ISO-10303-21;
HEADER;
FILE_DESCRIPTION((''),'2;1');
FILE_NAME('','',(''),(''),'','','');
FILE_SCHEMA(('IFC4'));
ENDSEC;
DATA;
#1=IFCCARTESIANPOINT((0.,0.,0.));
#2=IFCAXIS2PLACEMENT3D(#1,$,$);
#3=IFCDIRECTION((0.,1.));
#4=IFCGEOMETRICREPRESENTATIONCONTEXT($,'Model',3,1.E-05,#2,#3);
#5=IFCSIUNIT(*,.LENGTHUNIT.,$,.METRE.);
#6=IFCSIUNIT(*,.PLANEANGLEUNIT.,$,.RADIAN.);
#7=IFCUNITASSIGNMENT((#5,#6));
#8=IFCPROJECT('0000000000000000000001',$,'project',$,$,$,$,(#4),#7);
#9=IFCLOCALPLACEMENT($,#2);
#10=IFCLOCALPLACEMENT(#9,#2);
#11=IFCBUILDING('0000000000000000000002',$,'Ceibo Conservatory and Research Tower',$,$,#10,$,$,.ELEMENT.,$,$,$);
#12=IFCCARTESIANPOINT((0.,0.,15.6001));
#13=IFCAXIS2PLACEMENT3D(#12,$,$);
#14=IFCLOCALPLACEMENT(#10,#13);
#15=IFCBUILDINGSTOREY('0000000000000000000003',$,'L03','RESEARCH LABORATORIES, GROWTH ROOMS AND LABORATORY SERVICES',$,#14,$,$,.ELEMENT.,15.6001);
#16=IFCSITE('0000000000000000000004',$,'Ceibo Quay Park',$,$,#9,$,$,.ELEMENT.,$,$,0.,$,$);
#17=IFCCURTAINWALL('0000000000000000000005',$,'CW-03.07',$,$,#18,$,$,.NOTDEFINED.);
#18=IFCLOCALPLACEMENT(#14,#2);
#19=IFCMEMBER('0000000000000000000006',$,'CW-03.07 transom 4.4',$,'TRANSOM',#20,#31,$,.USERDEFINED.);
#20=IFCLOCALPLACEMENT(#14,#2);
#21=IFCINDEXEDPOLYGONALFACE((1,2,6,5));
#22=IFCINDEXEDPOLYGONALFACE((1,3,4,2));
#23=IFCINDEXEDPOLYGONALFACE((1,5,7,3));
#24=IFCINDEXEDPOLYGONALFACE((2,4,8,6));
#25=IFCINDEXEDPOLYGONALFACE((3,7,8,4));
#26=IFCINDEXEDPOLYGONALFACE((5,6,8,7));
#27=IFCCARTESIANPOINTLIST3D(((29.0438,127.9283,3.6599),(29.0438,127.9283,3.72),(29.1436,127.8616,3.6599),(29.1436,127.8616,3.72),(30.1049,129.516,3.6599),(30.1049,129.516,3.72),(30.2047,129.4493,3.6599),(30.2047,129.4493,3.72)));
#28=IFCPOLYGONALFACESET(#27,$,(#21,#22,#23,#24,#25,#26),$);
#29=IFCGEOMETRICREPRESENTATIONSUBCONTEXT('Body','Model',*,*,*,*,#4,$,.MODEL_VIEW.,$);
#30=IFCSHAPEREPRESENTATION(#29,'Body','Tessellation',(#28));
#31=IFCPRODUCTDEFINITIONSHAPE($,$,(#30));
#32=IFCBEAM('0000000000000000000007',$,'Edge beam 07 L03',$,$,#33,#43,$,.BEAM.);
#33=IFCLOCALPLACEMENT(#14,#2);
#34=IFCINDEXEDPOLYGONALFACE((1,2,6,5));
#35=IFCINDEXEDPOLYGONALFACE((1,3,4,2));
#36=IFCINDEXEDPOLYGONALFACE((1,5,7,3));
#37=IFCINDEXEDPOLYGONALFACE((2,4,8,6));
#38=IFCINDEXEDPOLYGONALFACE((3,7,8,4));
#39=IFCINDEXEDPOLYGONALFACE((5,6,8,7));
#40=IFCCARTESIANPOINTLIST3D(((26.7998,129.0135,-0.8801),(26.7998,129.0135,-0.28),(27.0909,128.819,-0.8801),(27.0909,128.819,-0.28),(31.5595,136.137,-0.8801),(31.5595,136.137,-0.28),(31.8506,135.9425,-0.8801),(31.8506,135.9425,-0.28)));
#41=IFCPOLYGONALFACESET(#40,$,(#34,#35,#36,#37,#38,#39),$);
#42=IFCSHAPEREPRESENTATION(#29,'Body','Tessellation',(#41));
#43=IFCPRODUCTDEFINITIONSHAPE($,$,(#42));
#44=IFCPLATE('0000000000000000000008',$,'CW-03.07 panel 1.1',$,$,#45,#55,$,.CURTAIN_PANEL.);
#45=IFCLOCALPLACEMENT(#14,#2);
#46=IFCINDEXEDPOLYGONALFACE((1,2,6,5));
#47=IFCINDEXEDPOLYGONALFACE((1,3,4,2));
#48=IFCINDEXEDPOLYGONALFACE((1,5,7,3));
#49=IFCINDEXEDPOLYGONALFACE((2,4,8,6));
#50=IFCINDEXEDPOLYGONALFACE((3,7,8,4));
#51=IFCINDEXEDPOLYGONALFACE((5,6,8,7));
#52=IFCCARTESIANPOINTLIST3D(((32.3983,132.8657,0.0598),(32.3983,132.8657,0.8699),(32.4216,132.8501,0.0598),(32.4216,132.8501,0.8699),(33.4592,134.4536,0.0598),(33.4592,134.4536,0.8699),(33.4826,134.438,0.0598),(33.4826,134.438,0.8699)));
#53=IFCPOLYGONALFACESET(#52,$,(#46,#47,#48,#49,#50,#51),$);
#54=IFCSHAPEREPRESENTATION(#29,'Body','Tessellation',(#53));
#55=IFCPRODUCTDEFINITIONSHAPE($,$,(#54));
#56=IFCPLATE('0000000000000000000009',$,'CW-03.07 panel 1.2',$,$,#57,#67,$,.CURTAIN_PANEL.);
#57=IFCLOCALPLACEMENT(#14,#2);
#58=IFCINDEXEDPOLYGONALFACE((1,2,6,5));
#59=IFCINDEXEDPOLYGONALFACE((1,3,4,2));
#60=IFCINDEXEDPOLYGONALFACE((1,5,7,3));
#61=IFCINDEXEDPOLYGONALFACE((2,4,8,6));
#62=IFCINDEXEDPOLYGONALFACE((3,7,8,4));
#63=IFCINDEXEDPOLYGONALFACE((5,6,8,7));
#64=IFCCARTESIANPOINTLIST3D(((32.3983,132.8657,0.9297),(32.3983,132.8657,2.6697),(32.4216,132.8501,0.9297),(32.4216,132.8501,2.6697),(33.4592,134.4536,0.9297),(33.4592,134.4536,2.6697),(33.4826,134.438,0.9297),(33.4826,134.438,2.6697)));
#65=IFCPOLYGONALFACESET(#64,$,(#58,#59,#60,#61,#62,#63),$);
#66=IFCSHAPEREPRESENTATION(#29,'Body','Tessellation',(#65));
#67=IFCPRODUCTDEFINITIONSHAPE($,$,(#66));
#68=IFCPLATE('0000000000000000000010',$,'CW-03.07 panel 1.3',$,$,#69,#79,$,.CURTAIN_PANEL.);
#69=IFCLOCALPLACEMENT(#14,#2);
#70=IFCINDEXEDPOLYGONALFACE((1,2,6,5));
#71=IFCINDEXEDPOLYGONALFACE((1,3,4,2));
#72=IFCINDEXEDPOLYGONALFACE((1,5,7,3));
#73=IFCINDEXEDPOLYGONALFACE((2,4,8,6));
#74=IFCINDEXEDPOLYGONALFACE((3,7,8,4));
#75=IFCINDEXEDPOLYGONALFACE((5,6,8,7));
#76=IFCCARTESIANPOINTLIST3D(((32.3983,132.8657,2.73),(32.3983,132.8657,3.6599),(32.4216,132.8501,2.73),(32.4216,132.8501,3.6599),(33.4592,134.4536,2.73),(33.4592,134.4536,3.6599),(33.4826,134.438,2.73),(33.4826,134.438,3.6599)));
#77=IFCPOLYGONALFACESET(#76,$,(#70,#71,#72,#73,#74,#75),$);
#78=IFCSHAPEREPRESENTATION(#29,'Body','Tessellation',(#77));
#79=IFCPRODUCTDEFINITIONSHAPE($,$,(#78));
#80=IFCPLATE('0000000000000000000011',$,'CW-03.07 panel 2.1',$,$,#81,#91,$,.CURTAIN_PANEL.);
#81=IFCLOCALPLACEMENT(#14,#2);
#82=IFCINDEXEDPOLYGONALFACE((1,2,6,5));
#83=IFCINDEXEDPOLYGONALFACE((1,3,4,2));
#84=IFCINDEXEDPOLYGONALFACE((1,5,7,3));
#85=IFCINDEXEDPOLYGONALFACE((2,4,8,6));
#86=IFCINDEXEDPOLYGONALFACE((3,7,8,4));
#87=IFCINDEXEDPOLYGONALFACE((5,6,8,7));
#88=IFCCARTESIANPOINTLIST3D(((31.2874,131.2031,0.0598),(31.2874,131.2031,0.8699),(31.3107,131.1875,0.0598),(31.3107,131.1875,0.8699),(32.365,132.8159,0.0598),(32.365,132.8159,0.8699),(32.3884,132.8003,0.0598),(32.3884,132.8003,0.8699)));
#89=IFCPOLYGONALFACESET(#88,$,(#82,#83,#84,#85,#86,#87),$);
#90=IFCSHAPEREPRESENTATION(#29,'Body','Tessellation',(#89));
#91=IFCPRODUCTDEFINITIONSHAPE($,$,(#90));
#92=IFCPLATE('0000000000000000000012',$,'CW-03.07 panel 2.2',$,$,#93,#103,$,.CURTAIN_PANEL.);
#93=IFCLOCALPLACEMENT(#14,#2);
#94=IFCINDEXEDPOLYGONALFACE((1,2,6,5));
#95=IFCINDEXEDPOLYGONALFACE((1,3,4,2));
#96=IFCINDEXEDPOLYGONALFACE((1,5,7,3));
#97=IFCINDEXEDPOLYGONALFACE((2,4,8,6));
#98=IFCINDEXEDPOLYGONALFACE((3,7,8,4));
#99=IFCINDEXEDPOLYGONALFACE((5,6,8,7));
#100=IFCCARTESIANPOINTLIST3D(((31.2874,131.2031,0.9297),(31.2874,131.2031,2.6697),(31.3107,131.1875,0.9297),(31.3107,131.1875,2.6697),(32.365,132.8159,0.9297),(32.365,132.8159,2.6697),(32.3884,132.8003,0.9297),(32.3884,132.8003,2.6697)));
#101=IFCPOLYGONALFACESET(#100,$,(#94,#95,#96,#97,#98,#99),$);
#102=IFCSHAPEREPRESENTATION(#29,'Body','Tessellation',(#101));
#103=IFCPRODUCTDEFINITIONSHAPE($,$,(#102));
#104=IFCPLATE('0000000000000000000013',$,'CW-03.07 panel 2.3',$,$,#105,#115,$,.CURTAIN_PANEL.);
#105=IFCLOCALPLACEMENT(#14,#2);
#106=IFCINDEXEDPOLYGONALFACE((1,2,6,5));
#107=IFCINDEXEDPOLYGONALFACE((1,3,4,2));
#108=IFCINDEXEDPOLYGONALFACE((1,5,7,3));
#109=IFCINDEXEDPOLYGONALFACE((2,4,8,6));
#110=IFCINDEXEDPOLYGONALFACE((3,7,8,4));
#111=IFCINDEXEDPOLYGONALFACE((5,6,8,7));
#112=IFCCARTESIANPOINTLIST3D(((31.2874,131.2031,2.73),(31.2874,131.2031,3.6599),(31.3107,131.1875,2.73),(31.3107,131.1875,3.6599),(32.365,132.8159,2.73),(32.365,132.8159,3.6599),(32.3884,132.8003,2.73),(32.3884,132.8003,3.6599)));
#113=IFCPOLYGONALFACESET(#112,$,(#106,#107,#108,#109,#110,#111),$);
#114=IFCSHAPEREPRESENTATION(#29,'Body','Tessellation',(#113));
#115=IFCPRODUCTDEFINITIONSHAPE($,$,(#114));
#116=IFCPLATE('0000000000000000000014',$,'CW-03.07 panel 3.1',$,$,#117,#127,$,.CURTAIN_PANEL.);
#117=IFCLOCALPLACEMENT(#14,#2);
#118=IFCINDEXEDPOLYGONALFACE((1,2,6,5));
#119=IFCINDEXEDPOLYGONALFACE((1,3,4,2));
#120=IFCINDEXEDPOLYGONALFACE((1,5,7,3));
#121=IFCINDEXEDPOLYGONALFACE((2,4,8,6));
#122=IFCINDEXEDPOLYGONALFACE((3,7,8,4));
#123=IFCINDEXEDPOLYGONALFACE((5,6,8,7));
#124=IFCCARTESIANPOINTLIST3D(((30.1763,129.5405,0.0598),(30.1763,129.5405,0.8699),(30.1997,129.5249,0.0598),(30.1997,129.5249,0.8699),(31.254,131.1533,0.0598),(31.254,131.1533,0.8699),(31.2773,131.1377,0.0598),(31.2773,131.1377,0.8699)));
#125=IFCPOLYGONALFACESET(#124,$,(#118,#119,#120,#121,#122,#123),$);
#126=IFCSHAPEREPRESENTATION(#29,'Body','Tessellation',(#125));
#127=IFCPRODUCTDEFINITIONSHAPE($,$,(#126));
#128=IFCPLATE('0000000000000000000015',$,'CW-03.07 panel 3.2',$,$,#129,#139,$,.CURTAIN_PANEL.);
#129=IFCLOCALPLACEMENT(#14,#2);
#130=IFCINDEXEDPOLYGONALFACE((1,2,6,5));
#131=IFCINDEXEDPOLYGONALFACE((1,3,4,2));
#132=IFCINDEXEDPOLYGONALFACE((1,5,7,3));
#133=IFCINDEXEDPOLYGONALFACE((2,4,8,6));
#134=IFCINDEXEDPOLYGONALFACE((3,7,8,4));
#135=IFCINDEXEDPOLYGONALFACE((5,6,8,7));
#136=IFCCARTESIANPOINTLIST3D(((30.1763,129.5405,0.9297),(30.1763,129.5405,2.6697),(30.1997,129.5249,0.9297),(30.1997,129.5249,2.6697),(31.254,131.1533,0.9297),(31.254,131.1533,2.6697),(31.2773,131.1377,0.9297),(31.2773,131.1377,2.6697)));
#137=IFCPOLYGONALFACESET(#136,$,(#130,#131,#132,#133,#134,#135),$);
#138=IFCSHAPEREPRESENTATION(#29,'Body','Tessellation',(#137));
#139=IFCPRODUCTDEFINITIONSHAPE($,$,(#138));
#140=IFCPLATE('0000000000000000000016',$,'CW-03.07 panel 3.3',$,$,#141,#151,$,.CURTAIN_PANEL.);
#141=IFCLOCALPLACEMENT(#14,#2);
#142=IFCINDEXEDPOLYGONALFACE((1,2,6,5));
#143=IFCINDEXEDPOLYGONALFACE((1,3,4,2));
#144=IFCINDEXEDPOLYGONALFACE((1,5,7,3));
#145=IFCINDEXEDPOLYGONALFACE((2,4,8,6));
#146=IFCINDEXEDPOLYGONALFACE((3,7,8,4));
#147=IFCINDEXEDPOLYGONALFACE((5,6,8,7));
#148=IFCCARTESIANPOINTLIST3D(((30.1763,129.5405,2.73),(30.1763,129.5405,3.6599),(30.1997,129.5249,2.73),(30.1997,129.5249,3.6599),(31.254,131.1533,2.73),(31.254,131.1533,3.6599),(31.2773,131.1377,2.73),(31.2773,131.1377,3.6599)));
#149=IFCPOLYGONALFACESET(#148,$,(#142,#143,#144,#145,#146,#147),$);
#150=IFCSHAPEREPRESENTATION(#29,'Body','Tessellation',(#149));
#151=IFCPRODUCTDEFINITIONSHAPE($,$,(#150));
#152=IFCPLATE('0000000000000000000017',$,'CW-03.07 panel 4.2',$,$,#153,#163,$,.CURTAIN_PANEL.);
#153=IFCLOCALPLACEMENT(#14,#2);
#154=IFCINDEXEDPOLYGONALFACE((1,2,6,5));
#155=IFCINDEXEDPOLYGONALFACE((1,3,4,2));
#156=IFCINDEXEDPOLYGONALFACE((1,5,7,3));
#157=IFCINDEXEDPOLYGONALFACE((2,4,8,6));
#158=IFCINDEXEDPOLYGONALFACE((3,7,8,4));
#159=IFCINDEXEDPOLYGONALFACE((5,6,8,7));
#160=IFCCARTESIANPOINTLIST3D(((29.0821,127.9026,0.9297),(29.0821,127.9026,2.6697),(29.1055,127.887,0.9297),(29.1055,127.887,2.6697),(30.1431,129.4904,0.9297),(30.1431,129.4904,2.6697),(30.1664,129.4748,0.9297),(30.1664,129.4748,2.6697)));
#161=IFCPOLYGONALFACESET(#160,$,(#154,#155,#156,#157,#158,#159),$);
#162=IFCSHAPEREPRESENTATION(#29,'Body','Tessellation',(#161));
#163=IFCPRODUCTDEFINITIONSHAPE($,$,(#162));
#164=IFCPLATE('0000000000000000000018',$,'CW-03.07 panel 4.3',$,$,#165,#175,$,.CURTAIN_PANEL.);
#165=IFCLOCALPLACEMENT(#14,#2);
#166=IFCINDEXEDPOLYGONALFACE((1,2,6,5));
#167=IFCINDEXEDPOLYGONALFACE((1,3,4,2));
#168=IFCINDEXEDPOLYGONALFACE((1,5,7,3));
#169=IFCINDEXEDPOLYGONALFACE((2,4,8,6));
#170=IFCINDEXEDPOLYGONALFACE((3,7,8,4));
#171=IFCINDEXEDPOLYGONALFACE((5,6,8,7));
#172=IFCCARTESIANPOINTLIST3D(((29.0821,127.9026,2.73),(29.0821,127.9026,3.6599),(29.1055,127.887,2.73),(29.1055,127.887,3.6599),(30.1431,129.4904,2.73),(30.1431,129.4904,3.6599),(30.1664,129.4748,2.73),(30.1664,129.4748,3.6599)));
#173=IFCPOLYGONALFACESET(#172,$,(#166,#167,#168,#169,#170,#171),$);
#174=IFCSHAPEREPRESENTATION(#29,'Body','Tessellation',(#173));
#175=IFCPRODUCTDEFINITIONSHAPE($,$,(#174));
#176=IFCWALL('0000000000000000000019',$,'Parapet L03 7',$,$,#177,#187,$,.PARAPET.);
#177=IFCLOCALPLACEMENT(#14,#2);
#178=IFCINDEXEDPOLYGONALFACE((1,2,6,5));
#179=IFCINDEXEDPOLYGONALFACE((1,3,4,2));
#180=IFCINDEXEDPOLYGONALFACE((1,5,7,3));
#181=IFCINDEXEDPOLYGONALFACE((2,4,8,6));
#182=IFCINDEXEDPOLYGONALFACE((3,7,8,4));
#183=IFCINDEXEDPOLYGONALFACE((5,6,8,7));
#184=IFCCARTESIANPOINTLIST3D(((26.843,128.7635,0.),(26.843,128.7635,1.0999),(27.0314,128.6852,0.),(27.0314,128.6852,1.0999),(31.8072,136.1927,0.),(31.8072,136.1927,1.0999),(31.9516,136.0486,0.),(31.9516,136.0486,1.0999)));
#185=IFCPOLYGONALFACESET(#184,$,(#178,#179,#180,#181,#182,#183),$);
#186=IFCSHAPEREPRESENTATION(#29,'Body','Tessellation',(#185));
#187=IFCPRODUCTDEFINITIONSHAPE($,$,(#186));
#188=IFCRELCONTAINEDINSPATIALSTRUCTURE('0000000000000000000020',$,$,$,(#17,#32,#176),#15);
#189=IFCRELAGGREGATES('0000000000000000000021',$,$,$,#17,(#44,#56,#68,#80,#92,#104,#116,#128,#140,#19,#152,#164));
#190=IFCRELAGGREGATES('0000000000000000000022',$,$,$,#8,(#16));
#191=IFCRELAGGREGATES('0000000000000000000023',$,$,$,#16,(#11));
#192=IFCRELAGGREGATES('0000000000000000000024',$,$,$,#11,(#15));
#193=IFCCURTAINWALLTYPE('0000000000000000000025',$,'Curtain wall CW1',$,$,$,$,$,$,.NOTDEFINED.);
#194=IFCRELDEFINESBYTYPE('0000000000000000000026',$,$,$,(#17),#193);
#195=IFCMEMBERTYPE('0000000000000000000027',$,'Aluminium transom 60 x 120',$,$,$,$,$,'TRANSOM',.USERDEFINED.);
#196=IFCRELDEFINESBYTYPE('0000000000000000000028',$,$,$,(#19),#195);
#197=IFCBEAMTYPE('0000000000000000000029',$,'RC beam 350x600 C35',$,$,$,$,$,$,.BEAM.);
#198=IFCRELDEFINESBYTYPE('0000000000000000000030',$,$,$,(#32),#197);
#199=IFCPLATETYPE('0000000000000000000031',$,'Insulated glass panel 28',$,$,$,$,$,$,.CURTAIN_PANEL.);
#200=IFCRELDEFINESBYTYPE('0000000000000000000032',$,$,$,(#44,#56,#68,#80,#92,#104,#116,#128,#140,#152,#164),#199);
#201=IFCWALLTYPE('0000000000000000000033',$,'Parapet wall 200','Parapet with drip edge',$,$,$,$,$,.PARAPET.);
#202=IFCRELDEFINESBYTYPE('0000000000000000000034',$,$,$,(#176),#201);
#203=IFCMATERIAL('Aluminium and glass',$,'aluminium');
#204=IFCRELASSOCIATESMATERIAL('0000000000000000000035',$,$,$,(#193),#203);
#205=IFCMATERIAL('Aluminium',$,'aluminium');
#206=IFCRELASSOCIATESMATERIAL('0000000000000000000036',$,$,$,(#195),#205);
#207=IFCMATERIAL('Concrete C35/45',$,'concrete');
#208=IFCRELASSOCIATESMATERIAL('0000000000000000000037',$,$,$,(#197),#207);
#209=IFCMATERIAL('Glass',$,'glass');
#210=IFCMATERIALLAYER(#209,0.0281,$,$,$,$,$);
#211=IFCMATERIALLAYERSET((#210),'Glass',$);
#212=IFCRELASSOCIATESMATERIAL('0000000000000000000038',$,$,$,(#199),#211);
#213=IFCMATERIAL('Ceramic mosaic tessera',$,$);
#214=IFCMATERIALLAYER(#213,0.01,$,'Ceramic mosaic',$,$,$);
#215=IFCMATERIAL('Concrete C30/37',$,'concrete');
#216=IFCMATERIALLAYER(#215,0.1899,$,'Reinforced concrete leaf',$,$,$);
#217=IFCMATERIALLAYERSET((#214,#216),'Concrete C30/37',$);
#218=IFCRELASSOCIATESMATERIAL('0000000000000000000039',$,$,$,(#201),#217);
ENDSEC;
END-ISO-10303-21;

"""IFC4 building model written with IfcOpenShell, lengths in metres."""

from ifc_helpers import new_model, si_unit, direction, frame, origin, origin_2d, place, context, subcontext, project, spatial, polyline, rectangle, outline, extrude, material, layer, layer_set, material_profile, profile_set, type_object, element, aggregate, save


model = new_model("IFC4")

# Units and contexts
model_context = context("Model", 3, precision=1e-05, world=origin(), true_north=direction((0.0, 1.0)))
body_context = subcontext(model_context, "Body", "Model", "MODEL_VIEW")
ifc_project = project(units=[si_unit("LENGTHUNIT", "METRE"), si_unit("PLANEANGLEUNIT", "RADIAN")], contexts=[model_context])

# Site, building, storey
site_placement = place(None, origin())
site = spatial("IfcSite", under=ifc_project, at=site_placement, Name="Ceibo Quay Park", CompositionType="ELEMENT", RefElevation=0.0)
building_placement = place(site_placement, origin())
building = spatial("IfcBuilding", under=site, at=building_placement, Name="Ceibo Conservatory and Research Tower", CompositionType="ELEMENT")
storey_placement = place(building_placement, frame((0.0, 0.0, 15.6001)))
storey = spatial("IfcBuildingStorey", under=building, at=storey_placement, Name="L03", Description="RESEARCH LABORATORIES, GROWTH ROOMS AND LABORATORY SERVICES", CompositionType="ELEMENT", Elevation=15.6001)

# Curtain wall, member
ifc_material_1 = material(Name="Aluminium and glass", Category="aluminium")
curtain_wall_type = type_object("IfcCurtainWallType", Name="Curtain wall CW1", PredefinedType="NOTDEFINED", material=ifc_material_1)
curtain_wall_placement = place(storey_placement, origin())
curtain_wall = element("IfcCurtainWall", 1, at=curtain_wall_placement, inside=storey, type_object=curtain_wall_type, Name="CW-03.07", PredefinedType="NOTDEFINED")
ifc_material_2 = material(Name="Aluminium", Category="aluminium")
ifc_material_profile_1 = material_profile(ifc_material_2, rectangle(XDim=0.1201, YDim=0.0601, at=origin_2d()), Name="Aluminium 60 x 120")
ifc_profile_set_1 = profile_set([ifc_material_profile_1], Name="Aluminium")
member_type_1 = type_object("IfcMemberType", Name="Aluminium transom 60 x 120", ElementType="TRANSOM", PredefinedType="USERDEFINED", material=ifc_profile_set_1)
member_1_placement = place(storey_placement, frame((30.1548, 129.4827, 3.6899), z_axis=(-0.555644, -0.83142, 0.0), x_axis=(0.83142, -0.555644, 0.0)))
member_1 = element("IfcMember", 2, at=member_1_placement, type_object=member_type_1, Name="CW-03.07 transom 4.4", ObjectType="TRANSOM", PredefinedType="USERDEFINED", context=body_context, shape_type="SweptSolid", body=[
    extrude(rectangle(XDim=0.1201, YDim=0.0601, at=origin_2d()), origin(), (0.0, 0.0, 1.0), 1.9097),
])

# Beam
ifc_material_3 = material(Name="Concrete C35/45", Category="concrete")
ifc_material_profile_2 = material_profile(ifc_material_3, rectangle(XDim=0.3501, YDim=0.6001, at=origin_2d()), Name="RC 350x600")
ifc_profile_set_2 = profile_set([ifc_material_profile_2], Name="Concrete C35/45")
beam_type = type_object("IfcBeamType", Name="RC beam 350x600 C35", PredefinedType="BEAM", material=ifc_profile_set_2)
beam_placement = place(storey_placement, frame((31.7051, 136.0398, -0.5801), z_axis=(-0.555568, -0.831471, 0.0), x_axis=(0.831471, -0.555568, 0.0)))
element("IfcBeam", 3, at=beam_placement, inside=storey, type_object=beam_type, Name="Edge beam 07 L03", PredefinedType="BEAM", context=body_context, shape_type="SweptSolid", body=[
    extrude(rectangle(XDim=0.3501, YDim=0.6001, at=origin_2d()), origin(), (0.0, 0.0, 1.0), 8.5674),
])

# Plates
ifc_material_4 = material(Name="Glass", Category="glass")
ifc_layer_1 = layer(ifc_material_4, 0.0281)
ifc_layer_set_1 = layer_set([ifc_layer_1], Name="Glass")
plate_type = type_object("IfcPlateType", Name="Insulated glass panel 28", PredefinedType="CURTAIN_PANEL", material=ifc_layer_set_1)
plate_1_placement = place(storey_placement, frame((32.9404, 133.6519, 0.0598), z_axis=(0.0, 0.0, 1.0), x_axis=(-0.55557, -0.83147, 0.0)))
plate_1 = element("IfcPlate", 4, at=plate_1_placement, type_object=plate_type, Name="CW-03.07 panel 1.1", PredefinedType="CURTAIN_PANEL", context=body_context, shape_type="SweptSolid", body=[
    extrude(rectangle(XDim=1.9097, YDim=0.0281, at=origin_2d()), origin(), (0.0, 0.0, 1.0), 0.8101),
])
plate_2_placement = place(storey_placement, frame((32.9404, 133.6519, 0.9297), z_axis=(0.0, 0.0, 1.0), x_axis=(-0.55557, -0.83147, 0.0)))
plate_2 = element("IfcPlate", 5, at=plate_2_placement, type_object=plate_type, Name="CW-03.07 panel 1.2", PredefinedType="CURTAIN_PANEL", context=body_context, shape_type="SweptSolid", body=[
    extrude(rectangle(XDim=1.9097, YDim=0.0281, at=origin_2d()), origin(), (0.0, 0.0, 1.0), 1.74),
])
plate_3_placement = place(storey_placement, frame((32.9404, 133.6519, 2.73), z_axis=(0.0, 0.0, 1.0), x_axis=(-0.55557, -0.83147, 0.0)))
plate_3 = element("IfcPlate", 6, at=plate_3_placement, type_object=plate_type, Name="CW-03.07 panel 1.3", PredefinedType="CURTAIN_PANEL", context=body_context, shape_type="SweptSolid", body=[
    extrude(rectangle(XDim=1.9097, YDim=0.0281, at=origin_2d()), origin(), (0.0, 0.0, 1.0), 0.9299),
])
plate_4_placement = place(storey_placement, frame((31.8379, 132.0017, 0.0598), z_axis=(0.0, 0.0, 1.0), x_axis=(-0.55557, -0.83147, 0.0)))
plate_4 = element("IfcPlate", 7, at=plate_4_placement, type_object=plate_type, Name="CW-03.07 panel 2.1", PredefinedType="CURTAIN_PANEL", context=body_context, shape_type="SweptSolid", body=[
    extrude(rectangle(XDim=1.9397, YDim=0.0281, at=origin_2d()), origin(), (0.0, 0.0, 1.0), 0.8101),
])
plate_5_placement = place(storey_placement, frame((31.8379, 132.0017, 0.9297), z_axis=(0.0, 0.0, 1.0), x_axis=(-0.55557, -0.83147, 0.0)))
plate_5 = element("IfcPlate", 8, at=plate_5_placement, type_object=plate_type, Name="CW-03.07 panel 2.2", PredefinedType="CURTAIN_PANEL", context=body_context, shape_type="SweptSolid", body=[
    extrude(rectangle(XDim=1.9397, YDim=0.0281, at=origin_2d()), origin(), (0.0, 0.0, 1.0), 1.74),
])
plate_6_placement = place(storey_placement, frame((31.8379, 132.0017, 2.73), z_axis=(0.0, 0.0, 1.0), x_axis=(-0.55557, -0.83147, 0.0)))
plate_6 = element("IfcPlate", 9, at=plate_6_placement, type_object=plate_type, Name="CW-03.07 panel 2.3", PredefinedType="CURTAIN_PANEL", context=body_context, shape_type="SweptSolid", body=[
    extrude(rectangle(XDim=1.9397, YDim=0.0281, at=origin_2d()), origin(), (0.0, 0.0, 1.0), 0.9299),
])
plate_7_placement = place(storey_placement, frame((30.7268, 130.3391, 0.0598), z_axis=(0.0, 0.0, 1.0), x_axis=(-0.55557, -0.83147, 0.0)))
plate_7 = element("IfcPlate", 10, at=plate_7_placement, type_object=plate_type, Name="CW-03.07 panel 3.1", PredefinedType="CURTAIN_PANEL", context=body_context, shape_type="SweptSolid", body=[
    extrude(rectangle(XDim=1.9397, YDim=0.0281, at=origin_2d()), origin(), (0.0, 0.0, 1.0), 0.8101),
])
plate_8_placement = place(storey_placement, frame((30.7268, 130.3391, 0.9297), z_axis=(0.0, 0.0, 1.0), x_axis=(-0.55557, -0.83147, 0.0)))
plate_8 = element("IfcPlate", 11, at=plate_8_placement, type_object=plate_type, Name="CW-03.07 panel 3.2", PredefinedType="CURTAIN_PANEL", context=body_context, shape_type="SweptSolid", body=[
    extrude(rectangle(XDim=1.9397, YDim=0.0281, at=origin_2d()), origin(), (0.0, 0.0, 1.0), 1.74),
])
plate_9_placement = place(storey_placement, frame((30.7268, 130.3391, 2.73), z_axis=(0.0, 0.0, 1.0), x_axis=(-0.55557, -0.83147, 0.0)))
plate_9 = element("IfcPlate", 12, at=plate_9_placement, type_object=plate_type, Name="CW-03.07 panel 3.3", PredefinedType="CURTAIN_PANEL", context=body_context, shape_type="SweptSolid", body=[
    extrude(rectangle(XDim=1.9397, YDim=0.0281, at=origin_2d()), origin(), (0.0, 0.0, 1.0), 0.9299),
])
plate_10_placement = place(storey_placement, frame((29.6243, 128.6887, 0.9297), z_axis=(0.0, 0.0, 1.0), x_axis=(-0.55557, -0.83147, 0.0)))
plate_10 = element("IfcPlate", 13, at=plate_10_placement, type_object=plate_type, Name="CW-03.07 panel 4.2", PredefinedType="CURTAIN_PANEL", context=body_context, shape_type="SweptSolid", body=[
    extrude(rectangle(XDim=1.9097, YDim=0.0281, at=origin_2d()), origin(), (0.0, 0.0, 1.0), 1.74),
])
plate_11_placement = place(storey_placement, frame((29.6243, 128.6887, 2.73), z_axis=(0.0, 0.0, 1.0), x_axis=(-0.55557, -0.83147, 0.0)))
plate_11 = element("IfcPlate", 14, at=plate_11_placement, type_object=plate_type, Name="CW-03.07 panel 4.3", PredefinedType="CURTAIN_PANEL", context=body_context, shape_type="SweptSolid", body=[
    extrude(rectangle(XDim=1.9097, YDim=0.0281, at=origin_2d()), origin(), (0.0, 0.0, 1.0), 0.9299),
])
aggregate(curtain_wall, [plate_1, plate_2, plate_3, plate_4, plate_5, plate_6, plate_7, plate_8, plate_9, member_1, plate_10, plate_11])

# Wall
ifc_material_5 = material(Name="Ceramic mosaic tessera")
ifc_layer_2 = layer(ifc_material_5, 0.01, Name="Ceramic mosaic")
ifc_material_6 = material(Name="Concrete C30/37", Category="concrete")
ifc_layer_3 = layer(ifc_material_6, 0.1899, Name="Reinforced concrete leaf")
ifc_layer_set_2 = layer_set([ifc_layer_2, ifc_layer_3], Name="Concrete C30/37")
wall_type = type_object("IfcWallType", Name="Parapet wall 200", Description="Parapet with drip edge", PredefinedType="PARAPET", material=ifc_layer_set_2)
wall_1_placement = place(storey_placement, frame((31.8794, 136.1206, 0.0), z_axis=(0.0, 0.0, 1.0), x_axis=(-0.55558, -0.831463, 0.0)))
element("IfcWall", 15, at=wall_1_placement, inside=storey, type_object=wall_type, Name="Parapet L03 7", PredefinedType="PARAPET", context=body_context, shape_type="SweptSolid", body=[
    extrude(outline(polyline([(-0.0198, -0.1001), (8.9153, -0.1001), (8.8757, 0.1001), (0.0198, 0.1001), (-0.0198, -0.1001)])), origin(), (0.0, 0.0, 1.0), 1.0999),
])

save(model, "model.ifc")
